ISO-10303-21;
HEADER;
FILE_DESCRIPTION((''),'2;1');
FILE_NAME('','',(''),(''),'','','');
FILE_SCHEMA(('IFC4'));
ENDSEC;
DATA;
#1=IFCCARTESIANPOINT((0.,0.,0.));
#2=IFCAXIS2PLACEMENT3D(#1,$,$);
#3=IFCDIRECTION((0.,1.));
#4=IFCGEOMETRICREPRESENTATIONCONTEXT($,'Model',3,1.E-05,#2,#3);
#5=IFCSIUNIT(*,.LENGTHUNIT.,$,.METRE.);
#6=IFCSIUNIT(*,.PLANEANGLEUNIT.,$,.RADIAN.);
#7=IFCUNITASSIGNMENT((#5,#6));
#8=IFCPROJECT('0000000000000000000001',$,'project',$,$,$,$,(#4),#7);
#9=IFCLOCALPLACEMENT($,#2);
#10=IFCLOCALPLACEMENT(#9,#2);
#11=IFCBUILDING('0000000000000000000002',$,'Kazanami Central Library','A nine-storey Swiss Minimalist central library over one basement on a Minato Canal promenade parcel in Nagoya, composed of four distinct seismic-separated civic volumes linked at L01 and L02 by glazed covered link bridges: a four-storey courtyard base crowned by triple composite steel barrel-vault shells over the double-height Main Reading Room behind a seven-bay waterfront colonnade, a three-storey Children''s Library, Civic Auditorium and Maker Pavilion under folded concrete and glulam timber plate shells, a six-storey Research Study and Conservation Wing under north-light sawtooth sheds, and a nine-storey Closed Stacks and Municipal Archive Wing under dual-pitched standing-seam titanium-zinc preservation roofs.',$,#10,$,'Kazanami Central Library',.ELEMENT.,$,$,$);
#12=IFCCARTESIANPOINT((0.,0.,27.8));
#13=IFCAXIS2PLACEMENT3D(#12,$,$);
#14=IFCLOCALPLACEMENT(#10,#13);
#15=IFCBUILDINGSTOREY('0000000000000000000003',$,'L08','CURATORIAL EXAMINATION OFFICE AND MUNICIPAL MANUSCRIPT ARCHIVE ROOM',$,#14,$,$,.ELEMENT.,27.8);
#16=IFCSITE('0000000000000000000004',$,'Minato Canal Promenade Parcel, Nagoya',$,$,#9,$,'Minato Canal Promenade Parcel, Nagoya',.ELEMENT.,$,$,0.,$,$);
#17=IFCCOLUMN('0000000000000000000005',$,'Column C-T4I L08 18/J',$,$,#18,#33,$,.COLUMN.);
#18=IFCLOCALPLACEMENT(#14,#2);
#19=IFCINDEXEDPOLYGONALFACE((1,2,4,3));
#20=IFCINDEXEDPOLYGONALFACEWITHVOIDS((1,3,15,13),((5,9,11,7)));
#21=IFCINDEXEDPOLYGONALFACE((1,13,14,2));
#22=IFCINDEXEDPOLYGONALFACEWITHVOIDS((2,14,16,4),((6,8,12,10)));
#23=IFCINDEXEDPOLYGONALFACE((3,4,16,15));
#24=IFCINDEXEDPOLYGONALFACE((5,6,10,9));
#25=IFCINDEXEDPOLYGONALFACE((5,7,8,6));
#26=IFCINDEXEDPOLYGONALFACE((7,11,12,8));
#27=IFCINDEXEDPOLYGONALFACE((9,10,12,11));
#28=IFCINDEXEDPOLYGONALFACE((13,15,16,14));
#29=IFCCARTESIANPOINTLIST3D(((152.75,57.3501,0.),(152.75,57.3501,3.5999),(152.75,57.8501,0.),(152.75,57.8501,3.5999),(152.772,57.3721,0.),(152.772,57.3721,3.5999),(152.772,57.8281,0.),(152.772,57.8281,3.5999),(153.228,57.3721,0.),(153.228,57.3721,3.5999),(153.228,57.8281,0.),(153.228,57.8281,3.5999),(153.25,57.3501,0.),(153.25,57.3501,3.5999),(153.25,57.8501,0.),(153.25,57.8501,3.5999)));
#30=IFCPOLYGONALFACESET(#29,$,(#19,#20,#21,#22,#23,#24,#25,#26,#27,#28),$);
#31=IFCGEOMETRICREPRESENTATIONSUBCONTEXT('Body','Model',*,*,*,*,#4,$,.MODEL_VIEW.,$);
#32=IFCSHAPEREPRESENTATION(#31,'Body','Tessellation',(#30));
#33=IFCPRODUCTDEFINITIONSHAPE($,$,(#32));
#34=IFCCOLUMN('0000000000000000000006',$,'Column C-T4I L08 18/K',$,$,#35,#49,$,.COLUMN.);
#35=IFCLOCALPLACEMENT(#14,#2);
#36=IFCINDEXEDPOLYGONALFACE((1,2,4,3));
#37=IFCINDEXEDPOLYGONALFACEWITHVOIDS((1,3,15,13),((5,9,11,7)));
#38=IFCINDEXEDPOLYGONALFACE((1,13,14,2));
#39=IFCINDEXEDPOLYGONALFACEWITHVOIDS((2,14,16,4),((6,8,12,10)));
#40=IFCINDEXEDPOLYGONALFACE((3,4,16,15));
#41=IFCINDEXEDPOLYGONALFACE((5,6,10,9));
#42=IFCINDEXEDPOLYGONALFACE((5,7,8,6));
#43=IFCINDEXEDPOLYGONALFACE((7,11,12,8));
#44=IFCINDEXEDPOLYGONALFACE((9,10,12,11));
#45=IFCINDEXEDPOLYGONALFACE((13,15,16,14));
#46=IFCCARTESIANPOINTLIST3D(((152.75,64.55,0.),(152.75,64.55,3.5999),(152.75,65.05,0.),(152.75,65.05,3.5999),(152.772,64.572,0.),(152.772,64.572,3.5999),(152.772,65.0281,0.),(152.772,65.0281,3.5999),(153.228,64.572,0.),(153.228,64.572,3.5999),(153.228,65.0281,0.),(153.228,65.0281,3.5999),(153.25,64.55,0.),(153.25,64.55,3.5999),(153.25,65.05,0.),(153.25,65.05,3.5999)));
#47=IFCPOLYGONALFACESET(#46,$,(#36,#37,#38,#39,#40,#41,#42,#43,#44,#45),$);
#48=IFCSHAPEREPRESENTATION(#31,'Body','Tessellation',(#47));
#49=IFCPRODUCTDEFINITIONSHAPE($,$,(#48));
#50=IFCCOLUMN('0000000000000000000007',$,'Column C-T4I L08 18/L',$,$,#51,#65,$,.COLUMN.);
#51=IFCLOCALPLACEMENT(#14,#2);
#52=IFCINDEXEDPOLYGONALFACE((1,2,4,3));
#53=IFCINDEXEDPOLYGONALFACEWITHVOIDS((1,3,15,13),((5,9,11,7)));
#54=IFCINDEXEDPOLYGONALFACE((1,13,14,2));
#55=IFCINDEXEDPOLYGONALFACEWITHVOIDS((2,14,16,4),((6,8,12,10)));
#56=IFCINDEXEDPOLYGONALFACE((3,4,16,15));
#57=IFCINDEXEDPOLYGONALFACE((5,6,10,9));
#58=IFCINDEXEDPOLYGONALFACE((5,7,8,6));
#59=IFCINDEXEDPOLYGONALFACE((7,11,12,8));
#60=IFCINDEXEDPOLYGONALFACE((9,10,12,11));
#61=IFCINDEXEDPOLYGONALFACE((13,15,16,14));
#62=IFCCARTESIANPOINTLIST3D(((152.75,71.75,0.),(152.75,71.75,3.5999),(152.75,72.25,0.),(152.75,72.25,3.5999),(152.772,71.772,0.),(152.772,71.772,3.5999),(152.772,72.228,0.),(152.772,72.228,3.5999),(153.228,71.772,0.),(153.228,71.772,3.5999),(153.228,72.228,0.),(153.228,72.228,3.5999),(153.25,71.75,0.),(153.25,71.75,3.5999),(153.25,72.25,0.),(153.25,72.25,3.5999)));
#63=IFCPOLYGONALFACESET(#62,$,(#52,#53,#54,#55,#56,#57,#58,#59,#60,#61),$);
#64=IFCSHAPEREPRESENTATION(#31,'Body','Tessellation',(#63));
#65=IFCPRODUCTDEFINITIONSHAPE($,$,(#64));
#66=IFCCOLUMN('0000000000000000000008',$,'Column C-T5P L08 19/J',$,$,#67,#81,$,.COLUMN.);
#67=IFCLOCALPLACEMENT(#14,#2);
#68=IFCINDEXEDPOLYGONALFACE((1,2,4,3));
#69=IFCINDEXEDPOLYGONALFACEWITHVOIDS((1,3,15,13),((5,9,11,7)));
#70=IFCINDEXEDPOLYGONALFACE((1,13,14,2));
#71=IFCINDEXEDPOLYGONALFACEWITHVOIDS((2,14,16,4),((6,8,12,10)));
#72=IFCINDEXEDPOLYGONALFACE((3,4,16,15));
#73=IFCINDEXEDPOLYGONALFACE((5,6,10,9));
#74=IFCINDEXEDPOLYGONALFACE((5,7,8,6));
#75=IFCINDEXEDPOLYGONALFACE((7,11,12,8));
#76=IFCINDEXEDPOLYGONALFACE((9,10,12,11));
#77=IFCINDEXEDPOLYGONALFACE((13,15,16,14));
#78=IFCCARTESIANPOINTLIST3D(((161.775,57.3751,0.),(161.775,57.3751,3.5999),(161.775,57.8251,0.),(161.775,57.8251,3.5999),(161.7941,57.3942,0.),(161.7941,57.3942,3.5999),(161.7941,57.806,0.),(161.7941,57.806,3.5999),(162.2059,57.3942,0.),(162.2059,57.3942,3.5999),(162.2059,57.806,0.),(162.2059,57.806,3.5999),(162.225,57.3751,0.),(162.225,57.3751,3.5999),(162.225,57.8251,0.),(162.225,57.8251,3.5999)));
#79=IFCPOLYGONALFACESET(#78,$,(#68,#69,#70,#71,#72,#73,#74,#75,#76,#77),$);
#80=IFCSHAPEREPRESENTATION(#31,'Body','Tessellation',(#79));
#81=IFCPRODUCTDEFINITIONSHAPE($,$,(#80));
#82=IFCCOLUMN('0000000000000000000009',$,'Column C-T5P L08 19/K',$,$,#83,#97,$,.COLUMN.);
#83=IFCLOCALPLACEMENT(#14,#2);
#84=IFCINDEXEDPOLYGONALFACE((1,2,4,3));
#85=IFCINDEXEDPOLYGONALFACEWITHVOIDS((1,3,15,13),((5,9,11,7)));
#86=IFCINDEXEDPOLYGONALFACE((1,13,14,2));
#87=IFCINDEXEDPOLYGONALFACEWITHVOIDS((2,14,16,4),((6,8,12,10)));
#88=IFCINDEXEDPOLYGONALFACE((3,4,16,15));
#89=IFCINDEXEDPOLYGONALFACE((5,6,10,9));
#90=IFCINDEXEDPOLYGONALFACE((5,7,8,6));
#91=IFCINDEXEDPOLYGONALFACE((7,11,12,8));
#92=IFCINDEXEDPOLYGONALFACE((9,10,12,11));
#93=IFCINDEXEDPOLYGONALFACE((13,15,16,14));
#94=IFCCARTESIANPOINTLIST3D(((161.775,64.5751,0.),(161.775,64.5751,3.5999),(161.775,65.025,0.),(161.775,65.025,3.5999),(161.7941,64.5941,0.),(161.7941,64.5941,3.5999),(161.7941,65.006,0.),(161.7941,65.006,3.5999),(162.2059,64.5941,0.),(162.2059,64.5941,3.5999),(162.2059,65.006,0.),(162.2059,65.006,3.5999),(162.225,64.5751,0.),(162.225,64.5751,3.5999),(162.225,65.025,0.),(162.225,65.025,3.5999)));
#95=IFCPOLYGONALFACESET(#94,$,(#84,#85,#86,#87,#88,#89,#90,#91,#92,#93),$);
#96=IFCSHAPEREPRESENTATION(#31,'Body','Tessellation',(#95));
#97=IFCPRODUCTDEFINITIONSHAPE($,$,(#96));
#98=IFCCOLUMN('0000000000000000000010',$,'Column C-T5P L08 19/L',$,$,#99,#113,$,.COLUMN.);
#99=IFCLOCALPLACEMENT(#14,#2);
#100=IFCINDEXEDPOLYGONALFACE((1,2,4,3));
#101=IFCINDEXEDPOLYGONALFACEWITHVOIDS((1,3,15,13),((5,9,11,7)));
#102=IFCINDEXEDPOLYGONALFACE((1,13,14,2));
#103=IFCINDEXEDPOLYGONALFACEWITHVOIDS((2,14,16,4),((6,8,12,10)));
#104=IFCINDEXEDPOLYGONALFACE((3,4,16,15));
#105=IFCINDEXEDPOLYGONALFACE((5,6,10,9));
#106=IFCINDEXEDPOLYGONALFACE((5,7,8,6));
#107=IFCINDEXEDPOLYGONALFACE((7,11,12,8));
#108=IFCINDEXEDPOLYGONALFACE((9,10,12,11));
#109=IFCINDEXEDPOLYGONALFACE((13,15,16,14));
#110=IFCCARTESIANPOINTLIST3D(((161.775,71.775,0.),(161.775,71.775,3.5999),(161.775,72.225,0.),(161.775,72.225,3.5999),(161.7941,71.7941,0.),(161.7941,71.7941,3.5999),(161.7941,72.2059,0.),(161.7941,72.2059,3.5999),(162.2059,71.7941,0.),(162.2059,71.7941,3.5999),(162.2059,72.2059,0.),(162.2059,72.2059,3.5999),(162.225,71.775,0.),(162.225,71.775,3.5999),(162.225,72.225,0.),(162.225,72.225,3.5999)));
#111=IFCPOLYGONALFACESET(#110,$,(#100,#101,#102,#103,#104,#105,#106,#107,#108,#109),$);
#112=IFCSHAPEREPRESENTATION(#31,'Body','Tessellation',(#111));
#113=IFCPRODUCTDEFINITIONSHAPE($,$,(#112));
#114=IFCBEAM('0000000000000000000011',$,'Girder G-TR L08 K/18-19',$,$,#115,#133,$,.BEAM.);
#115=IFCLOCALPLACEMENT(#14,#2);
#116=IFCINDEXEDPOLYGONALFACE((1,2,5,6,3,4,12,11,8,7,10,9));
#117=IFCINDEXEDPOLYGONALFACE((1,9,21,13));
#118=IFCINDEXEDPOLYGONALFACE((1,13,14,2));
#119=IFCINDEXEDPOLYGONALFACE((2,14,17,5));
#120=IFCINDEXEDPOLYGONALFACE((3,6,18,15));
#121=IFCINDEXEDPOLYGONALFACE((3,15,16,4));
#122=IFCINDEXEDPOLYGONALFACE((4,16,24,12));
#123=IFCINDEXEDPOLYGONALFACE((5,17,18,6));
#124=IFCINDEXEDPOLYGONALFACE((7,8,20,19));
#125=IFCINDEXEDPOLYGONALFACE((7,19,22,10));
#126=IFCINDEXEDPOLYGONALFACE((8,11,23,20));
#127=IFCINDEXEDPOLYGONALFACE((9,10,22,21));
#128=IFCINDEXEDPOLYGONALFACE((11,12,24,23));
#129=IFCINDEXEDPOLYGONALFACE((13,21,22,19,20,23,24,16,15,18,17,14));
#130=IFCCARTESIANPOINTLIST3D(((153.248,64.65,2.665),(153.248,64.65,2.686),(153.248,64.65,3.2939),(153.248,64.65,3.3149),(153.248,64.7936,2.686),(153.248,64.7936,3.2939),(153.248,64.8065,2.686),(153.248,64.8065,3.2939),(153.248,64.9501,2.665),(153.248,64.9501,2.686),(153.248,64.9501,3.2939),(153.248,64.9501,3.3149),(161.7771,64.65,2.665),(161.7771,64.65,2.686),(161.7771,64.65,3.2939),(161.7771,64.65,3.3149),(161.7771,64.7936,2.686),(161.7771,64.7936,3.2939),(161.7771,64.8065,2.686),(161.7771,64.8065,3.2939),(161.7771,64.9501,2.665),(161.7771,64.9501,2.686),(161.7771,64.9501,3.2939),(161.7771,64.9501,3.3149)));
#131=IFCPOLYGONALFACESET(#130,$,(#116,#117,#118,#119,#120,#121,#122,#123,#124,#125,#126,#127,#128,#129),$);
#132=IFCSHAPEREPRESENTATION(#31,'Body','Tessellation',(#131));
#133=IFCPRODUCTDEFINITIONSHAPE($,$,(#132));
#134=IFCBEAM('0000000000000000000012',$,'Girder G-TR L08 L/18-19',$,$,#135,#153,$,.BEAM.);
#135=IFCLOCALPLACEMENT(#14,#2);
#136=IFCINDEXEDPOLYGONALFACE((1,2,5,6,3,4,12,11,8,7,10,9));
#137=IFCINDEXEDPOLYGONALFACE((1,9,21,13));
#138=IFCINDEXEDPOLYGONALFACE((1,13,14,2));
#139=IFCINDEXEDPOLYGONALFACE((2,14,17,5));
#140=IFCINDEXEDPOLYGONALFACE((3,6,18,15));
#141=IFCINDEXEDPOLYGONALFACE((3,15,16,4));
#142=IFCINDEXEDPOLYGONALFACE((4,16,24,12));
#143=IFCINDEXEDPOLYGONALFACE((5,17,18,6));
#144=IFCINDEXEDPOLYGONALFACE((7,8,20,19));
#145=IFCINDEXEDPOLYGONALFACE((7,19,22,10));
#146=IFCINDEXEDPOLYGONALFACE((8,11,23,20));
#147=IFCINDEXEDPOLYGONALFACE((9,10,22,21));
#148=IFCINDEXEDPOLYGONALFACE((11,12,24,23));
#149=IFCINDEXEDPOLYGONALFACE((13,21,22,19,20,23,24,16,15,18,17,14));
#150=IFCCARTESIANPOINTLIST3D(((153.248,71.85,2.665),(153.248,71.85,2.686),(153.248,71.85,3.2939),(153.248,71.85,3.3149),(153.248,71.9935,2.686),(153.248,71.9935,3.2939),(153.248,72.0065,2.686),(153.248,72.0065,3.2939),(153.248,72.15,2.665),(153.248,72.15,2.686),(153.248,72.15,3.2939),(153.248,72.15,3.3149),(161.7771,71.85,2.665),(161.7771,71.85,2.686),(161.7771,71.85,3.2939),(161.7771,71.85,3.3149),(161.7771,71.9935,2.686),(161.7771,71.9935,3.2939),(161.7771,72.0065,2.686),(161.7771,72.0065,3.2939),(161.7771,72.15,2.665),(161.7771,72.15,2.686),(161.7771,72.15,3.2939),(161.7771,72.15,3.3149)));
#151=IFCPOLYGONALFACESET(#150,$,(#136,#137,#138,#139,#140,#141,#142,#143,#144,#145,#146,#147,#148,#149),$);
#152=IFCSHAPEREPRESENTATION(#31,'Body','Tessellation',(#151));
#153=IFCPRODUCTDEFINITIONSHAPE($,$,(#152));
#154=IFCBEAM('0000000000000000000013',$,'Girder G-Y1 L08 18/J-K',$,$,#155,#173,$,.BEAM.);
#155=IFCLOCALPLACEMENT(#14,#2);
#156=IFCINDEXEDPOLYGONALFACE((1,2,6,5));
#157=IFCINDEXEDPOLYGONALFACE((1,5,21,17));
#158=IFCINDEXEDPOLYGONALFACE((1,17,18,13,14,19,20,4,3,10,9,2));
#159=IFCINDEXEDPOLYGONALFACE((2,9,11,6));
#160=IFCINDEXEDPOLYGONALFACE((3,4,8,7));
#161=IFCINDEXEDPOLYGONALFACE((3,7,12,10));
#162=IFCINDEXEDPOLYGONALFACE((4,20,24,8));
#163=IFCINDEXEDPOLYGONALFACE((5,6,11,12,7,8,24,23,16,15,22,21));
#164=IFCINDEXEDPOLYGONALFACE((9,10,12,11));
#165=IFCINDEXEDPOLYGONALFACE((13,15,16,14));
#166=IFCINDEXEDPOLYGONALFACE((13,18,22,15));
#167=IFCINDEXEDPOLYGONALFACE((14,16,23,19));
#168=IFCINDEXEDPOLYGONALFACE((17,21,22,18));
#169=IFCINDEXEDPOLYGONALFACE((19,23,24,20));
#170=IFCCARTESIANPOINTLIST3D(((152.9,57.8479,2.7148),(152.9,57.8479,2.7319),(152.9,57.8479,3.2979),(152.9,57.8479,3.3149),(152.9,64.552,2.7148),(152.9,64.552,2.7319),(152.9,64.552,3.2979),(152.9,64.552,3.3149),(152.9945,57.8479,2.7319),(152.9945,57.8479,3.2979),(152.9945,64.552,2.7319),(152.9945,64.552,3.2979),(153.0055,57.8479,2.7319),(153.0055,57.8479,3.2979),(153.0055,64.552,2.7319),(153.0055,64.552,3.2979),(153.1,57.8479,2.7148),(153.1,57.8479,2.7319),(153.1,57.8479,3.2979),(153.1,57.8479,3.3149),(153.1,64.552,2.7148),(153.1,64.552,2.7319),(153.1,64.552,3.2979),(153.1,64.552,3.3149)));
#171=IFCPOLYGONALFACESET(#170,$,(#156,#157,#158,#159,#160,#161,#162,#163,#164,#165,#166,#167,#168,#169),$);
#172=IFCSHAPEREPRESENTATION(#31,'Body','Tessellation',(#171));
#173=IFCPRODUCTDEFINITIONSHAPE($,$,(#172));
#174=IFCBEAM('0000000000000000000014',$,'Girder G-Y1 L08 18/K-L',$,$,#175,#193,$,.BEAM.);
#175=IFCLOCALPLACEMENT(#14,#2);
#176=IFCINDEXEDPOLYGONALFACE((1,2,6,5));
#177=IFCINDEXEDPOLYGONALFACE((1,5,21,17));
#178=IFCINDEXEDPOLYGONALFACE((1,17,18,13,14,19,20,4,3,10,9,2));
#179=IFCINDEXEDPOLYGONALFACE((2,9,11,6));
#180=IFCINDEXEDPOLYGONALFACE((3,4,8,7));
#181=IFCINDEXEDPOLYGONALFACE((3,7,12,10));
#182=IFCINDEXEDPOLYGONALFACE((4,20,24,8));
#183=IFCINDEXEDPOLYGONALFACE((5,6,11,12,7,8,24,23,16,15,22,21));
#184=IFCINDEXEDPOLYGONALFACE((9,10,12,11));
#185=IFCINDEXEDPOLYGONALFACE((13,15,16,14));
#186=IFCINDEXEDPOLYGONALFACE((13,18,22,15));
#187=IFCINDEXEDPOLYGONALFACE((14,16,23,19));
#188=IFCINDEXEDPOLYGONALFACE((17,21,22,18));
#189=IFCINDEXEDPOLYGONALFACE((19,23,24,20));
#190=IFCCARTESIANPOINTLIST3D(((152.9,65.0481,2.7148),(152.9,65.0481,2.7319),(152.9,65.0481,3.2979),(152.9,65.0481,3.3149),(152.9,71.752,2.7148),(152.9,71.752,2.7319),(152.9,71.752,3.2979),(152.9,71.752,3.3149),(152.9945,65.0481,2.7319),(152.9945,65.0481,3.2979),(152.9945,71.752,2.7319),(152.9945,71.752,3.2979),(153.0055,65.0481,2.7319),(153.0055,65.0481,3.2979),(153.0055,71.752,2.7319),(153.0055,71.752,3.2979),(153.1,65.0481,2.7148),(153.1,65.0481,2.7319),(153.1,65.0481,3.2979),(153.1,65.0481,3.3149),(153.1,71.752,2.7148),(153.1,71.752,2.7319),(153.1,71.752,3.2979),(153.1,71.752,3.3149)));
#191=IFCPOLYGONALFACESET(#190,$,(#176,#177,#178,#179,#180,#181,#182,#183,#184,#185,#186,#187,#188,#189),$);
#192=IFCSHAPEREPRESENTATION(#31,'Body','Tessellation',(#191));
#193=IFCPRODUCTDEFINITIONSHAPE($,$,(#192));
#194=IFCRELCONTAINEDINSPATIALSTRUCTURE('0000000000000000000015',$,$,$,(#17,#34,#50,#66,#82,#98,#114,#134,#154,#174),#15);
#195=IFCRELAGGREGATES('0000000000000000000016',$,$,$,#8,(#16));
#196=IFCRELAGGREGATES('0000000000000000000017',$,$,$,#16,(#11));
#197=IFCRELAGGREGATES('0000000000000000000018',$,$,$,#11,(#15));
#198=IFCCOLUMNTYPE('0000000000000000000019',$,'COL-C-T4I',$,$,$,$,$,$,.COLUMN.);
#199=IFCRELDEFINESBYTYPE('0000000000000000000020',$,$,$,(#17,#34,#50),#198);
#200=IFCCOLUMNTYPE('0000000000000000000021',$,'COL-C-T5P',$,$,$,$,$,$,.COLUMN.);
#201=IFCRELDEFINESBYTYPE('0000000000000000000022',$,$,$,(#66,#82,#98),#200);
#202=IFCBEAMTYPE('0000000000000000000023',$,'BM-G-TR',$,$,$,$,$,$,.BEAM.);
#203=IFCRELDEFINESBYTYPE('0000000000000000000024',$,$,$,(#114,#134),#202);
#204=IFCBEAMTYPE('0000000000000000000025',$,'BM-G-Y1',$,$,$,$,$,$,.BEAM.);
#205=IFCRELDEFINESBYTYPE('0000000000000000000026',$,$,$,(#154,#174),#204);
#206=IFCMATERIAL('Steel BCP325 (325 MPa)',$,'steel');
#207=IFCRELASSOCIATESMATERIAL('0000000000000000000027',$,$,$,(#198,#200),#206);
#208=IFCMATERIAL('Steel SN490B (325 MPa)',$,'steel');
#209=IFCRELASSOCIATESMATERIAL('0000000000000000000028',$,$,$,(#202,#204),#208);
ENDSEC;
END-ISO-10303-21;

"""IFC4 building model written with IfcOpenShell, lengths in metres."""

from ifc_helpers import new_model, si_unit, direction, frame, origin, origin_2d, place, context, subcontext, project, spatial, hollow_rectangle, i_section, extrude, material, material_profile, profile_set, type_object, element, save


model = new_model("IFC4")

# Units and contexts
model_context = context("Model", 3, precision=1e-05, world=origin(), true_north=direction((0.0, 1.0)))
body_context = subcontext(model_context, "Body", "Model", "MODEL_VIEW")
ifc_project = project(units=[si_unit("LENGTHUNIT", "METRE"), si_unit("PLANEANGLEUNIT", "RADIAN")], contexts=[model_context])

# Site, building, storey
site_placement = place(None, origin())
site = spatial("IfcSite", under=ifc_project, at=site_placement, Name="Minato Canal Promenade Parcel, Nagoya", LongName="Minato Canal Promenade Parcel, Nagoya", CompositionType="ELEMENT", RefElevation=0.0)
building_placement = place(site_placement, origin())
building = spatial("IfcBuilding", under=site, at=building_placement, Name="Kazanami Central Library", Description="A nine-storey Swiss Minimalist central library over one basement on a Minato Canal promenade parcel in Nagoya, composed of four distinct seismic-separated civic volumes linked at L01 and L02 by glazed covered link bridges: a four-storey courtyard base crowned by triple composite steel barrel-vault shells over the double-height Main Reading Room behind a seven-bay waterfront colonnade, a three-storey Children's Library, Civic Auditorium and Maker Pavilion under folded concrete and glulam timber plate shells, a six-storey Research Study and Conservation Wing under north-light sawtooth sheds, and a nine-storey Closed Stacks and Municipal Archive Wing under dual-pitched standing-seam titanium-zinc preservation roofs.", LongName="Kazanami Central Library", CompositionType="ELEMENT")
storey_placement = place(building_placement, frame((0.0, 0.0, 27.8)))
storey = spatial("IfcBuildingStorey", under=building, at=storey_placement, Name="L08", Description="CURATORIAL EXAMINATION OFFICE AND MUNICIPAL MANUSCRIPT ARCHIVE ROOM", CompositionType="ELEMENT", Elevation=27.8)

# Columns
ifc_material_1 = material(Name="Steel BCP325 (325 MPa)", Category="steel")
ifc_material_profile_1 = material_profile(ifc_material_1, hollow_rectangle(XDim=0.5, YDim=0.5, WallThickness=0.022, at=origin_2d()), Name="BCP-500x500x22")
ifc_profile_set_1 = profile_set([ifc_material_profile_1], Name="Steel BCP325 (325 MPa)")
column_type_1 = type_object("IfcColumnType", Name="COL-C-T4I", PredefinedType="COLUMN", material=ifc_profile_set_1)
for number, where, z_axis, x_axis, name in (
    (1, (153.0, 57.6001, 0.0), (0.0, 0.0, 1.0), (1.0, 0.0, 0.0), "Column C-T4I L08 18/J"),
    (2, (153.0, 64.8, 0.0), (0.0, 0.0, 1.0), (1.0, 0.0, 0.0), "Column C-T4I L08 18/K"),
    (3, (153.0, 72.0, 0.0), (0.0, 0.0, 1.0), (1.0, 0.0, 0.0), "Column C-T4I L08 18/L"),
):
    element("IfcColumn", number, at=place(storey_placement, frame(where, z_axis=z_axis, x_axis=x_axis)), inside=storey, type_object=column_type_1, Name=name, PredefinedType="COLUMN", context=body_context, shape_type="SweptSolid", body=[
        extrude(hollow_rectangle(XDim=0.5, YDim=0.5, WallThickness=0.022, at=origin_2d()), origin(), (0.0, 0.0, 1.0), 3.5999),
    ])
ifc_material_profile_2 = material_profile(ifc_material_1, hollow_rectangle(XDim=0.45, YDim=0.45, WallThickness=0.019, at=origin_2d()), Name="BCP-450x450x19")
ifc_profile_set_2 = profile_set([ifc_material_profile_2], Name="Steel BCP325 (325 MPa)")
column_type_2 = type_object("IfcColumnType", Name="COL-C-T5P", PredefinedType="COLUMN", material=ifc_profile_set_2)
for number, where, z_axis, x_axis, name in (
    (4, (162.0, 57.6001, 0.0), (0.0, 0.0, 1.0), (1.0, 0.0, 0.0), "Column C-T5P L08 19/J"),
    (5, (162.0, 64.8, 0.0), (0.0, 0.0, 1.0), (1.0, 0.0, 0.0), "Column C-T5P L08 19/K"),
    (6, (162.0, 72.0, 0.0), (0.0, 0.0, 1.0), (1.0, 0.0, 0.0), "Column C-T5P L08 19/L"),
):
    element("IfcColumn", number, at=place(storey_placement, frame(where, z_axis=z_axis, x_axis=x_axis)), inside=storey, type_object=column_type_2, Name=name, PredefinedType="COLUMN", context=body_context, shape_type="SweptSolid", body=[
        extrude(hollow_rectangle(XDim=0.45, YDim=0.45, WallThickness=0.019, at=origin_2d()), origin(), (0.0, 0.0, 1.0), 3.5999),
    ])

# Beams
ifc_material_2 = material(Name="Steel SN490B (325 MPa)", Category="steel")
ifc_material_profile_3 = material_profile(ifc_material_2, i_section(OverallWidth=0.3, OverallDepth=0.6499, WebThickness=0.0129, FlangeThickness=0.021, at=origin_2d()), Name="H-650x300x13x21")
ifc_profile_set_3 = profile_set([ifc_material_profile_3], Name="Steel SN490B (325 MPa)")
beam_type_1 = type_object("IfcBeamType", Name="BM-G-TR", PredefinedType="BEAM", material=ifc_profile_set_3)
for number, where, z_axis, x_axis, name in (
    (7, (153.248, 64.8, 2.99), (1.0, 0.0, 0.0), (0.0, 1.0, 0.0), "Girder G-TR L08 K/18-19"),
    (8, (153.248, 72.0, 2.99), (1.0, 0.0, 0.0), (0.0, 1.0, 0.0), "Girder G-TR L08 L/18-19"),
):
    element("IfcBeam", number, at=place(storey_placement, frame(where, z_axis=z_axis, x_axis=x_axis)), inside=storey, type_object=beam_type_1, Name=name, PredefinedType="BEAM", context=body_context, shape_type="SweptSolid", body=[
        extrude(i_section(OverallWidth=0.3, OverallDepth=0.6499, WebThickness=0.0129, FlangeThickness=0.021, at=origin_2d()), origin(), (0.0, 0.0, 1.0), 8.5291),
    ])
ifc_material_profile_4 = material_profile(ifc_material_2, i_section(OverallWidth=0.2, OverallDepth=0.6001, WebThickness=0.011, FlangeThickness=0.0171, at=origin_2d()), Name="H-600x200x11x17")
ifc_profile_set_4 = profile_set([ifc_material_profile_4], Name="Steel SN490B (325 MPa)")
beam_type_2 = type_object("IfcBeamType", Name="BM-G-Y1", PredefinedType="BEAM", material=ifc_profile_set_4)
beam_1_placement = place(storey_placement, frame((153.0, 57.8479, 3.0149), z_axis=(0.0, 1.0, 0.0), x_axis=(-1.0, 0.0, 0.0)))
element("IfcBeam", 9, at=beam_1_placement, inside=storey, type_object=beam_type_2, Name="Girder G-Y1 L08 18/J-K", PredefinedType="BEAM", context=body_context, shape_type="SweptSolid", body=[
    extrude(i_section(OverallWidth=0.2, OverallDepth=0.6001, WebThickness=0.011, FlangeThickness=0.0171, at=origin_2d()), origin(), (0.0, 0.0, 1.0), 6.7041),
])
for number, where, z_axis, x_axis, name in (
    (10, (153.0, 65.0481, 3.0149), (0.0, 1.0, 0.0), (-1.0, 0.0, 0.0), "Girder G-Y1 L08 18/K-L"),
):
    element("IfcBeam", number, at=place(storey_placement, frame(where, z_axis=z_axis, x_axis=x_axis)), inside=storey, type_object=beam_type_2, Name=name, PredefinedType="BEAM", context=body_context, shape_type="SweptSolid", body=[
        extrude(i_section(OverallWidth=0.2, OverallDepth=0.6001, WebThickness=0.011, FlangeThickness=0.0171, at=origin_2d()), origin(), (0.0, 0.0, 1.0), 6.7039),
    ])

save(model, "model.ifc")
